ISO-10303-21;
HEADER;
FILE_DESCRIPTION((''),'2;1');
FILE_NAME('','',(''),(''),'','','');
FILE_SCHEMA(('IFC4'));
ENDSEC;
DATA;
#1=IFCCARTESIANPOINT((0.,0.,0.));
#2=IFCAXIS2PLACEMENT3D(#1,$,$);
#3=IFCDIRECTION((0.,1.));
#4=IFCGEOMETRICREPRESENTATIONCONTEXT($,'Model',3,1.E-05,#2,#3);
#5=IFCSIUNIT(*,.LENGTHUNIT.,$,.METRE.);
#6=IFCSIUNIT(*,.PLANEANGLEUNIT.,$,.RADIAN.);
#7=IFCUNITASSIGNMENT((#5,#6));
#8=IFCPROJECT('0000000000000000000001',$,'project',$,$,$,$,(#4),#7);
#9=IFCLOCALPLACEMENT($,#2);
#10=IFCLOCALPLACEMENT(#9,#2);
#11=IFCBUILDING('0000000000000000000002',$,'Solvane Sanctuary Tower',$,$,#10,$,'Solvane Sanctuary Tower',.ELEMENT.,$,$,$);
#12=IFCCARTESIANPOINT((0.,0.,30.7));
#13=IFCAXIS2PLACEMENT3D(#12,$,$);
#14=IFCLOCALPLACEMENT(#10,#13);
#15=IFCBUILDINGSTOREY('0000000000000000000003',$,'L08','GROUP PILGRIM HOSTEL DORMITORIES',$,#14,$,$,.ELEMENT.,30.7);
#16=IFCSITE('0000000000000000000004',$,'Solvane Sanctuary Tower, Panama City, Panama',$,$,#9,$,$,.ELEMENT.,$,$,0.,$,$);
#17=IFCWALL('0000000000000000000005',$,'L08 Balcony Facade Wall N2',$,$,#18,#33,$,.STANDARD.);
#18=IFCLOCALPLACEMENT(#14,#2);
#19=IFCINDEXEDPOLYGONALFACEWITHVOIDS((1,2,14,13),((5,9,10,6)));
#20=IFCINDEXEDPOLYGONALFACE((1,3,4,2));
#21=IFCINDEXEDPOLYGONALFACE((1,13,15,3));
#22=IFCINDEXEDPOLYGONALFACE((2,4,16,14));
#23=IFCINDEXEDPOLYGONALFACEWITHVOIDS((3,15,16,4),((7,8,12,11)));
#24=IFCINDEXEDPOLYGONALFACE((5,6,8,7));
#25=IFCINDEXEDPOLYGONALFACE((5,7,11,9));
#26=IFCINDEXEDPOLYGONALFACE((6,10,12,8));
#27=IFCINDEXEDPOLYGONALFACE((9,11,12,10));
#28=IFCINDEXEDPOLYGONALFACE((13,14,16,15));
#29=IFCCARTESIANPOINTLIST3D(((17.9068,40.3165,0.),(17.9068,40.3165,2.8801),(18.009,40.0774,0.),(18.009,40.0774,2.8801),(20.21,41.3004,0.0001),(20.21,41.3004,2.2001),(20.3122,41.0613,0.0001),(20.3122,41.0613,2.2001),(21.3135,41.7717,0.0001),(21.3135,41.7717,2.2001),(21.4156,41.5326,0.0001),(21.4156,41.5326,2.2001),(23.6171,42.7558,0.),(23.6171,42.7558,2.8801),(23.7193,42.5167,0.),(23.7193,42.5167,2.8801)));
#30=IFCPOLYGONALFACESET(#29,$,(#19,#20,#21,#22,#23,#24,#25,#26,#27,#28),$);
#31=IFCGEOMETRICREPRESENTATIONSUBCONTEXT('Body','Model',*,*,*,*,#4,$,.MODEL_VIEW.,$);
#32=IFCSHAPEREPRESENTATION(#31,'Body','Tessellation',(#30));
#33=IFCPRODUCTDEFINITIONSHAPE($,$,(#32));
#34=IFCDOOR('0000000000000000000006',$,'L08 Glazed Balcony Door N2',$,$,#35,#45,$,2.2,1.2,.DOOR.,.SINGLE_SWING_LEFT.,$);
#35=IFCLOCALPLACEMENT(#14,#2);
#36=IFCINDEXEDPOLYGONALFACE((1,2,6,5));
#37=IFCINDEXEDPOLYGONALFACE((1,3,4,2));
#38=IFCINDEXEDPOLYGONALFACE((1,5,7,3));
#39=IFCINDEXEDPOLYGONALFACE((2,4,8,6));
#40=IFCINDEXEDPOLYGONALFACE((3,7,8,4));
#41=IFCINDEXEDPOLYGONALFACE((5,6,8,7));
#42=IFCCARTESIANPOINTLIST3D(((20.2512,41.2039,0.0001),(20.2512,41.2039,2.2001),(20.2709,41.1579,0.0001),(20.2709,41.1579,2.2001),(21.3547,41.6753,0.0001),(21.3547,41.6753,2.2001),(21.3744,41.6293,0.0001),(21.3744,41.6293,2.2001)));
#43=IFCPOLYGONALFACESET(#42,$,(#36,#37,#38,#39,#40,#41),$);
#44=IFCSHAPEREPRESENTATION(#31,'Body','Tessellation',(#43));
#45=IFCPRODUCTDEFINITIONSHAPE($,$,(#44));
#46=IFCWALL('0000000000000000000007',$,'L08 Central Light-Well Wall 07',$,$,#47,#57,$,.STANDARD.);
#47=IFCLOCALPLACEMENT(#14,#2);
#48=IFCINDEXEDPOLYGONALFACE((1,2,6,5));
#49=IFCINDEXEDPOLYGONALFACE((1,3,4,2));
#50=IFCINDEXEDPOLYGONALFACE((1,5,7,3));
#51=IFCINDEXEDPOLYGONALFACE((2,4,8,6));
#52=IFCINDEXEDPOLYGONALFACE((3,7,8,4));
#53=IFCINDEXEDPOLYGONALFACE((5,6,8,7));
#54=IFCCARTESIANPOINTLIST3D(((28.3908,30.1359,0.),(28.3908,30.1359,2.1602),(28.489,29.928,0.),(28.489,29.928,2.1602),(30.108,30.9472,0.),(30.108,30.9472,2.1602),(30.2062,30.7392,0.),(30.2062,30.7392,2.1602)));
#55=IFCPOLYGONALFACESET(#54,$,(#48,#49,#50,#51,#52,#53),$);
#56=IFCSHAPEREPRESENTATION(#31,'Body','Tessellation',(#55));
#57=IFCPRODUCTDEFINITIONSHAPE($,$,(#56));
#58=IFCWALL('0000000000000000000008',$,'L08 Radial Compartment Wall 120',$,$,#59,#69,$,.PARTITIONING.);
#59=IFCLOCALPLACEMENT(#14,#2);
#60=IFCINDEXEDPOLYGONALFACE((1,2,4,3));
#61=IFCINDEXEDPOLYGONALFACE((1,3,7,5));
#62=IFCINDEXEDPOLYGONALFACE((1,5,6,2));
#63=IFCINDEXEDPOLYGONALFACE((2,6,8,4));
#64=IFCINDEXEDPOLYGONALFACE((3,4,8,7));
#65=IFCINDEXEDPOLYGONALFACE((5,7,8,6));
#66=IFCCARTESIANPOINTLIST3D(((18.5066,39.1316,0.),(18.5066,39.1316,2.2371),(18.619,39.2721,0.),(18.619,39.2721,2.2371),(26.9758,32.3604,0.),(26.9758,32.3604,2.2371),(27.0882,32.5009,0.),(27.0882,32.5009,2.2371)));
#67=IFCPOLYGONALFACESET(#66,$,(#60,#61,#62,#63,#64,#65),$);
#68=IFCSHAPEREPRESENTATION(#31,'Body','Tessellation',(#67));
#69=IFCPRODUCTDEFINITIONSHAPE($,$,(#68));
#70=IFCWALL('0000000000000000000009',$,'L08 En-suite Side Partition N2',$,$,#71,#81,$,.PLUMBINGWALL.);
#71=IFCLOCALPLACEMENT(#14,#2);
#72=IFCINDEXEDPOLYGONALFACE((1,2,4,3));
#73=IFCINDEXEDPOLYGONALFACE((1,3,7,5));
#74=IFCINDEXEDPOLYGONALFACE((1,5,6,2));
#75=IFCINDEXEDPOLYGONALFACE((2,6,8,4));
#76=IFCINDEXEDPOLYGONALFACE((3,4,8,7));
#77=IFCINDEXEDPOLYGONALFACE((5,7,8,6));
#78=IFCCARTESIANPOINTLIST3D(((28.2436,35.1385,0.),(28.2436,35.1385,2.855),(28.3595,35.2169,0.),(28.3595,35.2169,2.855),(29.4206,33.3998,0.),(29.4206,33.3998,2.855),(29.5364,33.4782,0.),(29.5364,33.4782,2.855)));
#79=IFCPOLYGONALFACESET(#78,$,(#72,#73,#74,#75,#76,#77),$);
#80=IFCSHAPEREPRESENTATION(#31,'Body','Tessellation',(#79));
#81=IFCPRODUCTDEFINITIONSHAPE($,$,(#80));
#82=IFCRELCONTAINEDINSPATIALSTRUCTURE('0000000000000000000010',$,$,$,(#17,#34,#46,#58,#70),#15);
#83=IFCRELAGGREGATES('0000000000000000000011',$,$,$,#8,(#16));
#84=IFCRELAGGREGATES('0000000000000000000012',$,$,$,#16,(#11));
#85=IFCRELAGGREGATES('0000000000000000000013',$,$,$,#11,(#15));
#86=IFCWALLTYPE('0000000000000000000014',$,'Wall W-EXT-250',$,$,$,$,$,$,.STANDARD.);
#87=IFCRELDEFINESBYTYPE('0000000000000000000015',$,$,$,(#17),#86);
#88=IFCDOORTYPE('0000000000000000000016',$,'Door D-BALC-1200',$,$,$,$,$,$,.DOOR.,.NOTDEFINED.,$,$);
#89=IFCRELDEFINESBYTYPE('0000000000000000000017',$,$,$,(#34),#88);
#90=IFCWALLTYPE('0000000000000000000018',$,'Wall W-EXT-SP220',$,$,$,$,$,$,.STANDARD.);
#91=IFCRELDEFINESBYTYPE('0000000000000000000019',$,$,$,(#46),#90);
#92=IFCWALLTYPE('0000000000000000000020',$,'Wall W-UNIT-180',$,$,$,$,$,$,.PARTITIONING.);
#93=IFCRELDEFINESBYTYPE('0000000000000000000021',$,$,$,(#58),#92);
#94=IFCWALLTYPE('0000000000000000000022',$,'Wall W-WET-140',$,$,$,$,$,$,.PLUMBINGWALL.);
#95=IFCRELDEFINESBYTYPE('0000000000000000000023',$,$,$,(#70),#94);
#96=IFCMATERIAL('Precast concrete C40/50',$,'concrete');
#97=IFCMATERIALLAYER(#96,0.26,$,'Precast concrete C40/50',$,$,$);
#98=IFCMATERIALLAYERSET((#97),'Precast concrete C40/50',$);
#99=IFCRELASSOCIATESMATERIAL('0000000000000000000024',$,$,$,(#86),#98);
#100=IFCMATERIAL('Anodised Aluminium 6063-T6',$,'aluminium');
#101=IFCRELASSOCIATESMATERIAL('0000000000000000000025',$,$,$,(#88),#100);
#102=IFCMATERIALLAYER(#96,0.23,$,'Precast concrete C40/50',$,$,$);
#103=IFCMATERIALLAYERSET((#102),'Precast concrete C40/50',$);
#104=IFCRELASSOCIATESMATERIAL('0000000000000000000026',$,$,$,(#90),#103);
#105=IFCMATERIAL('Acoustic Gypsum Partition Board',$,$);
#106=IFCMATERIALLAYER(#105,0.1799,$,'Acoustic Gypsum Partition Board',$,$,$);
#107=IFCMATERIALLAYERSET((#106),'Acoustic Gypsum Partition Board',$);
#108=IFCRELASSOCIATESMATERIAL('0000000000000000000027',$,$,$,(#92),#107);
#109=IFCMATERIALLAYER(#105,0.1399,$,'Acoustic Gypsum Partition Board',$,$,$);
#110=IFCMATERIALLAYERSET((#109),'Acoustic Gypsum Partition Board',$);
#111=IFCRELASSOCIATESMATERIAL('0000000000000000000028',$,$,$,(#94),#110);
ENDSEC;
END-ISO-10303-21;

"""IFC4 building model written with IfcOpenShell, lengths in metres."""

from ifc_helpers import new_model, si_unit, direction, frame, frame_2d, origin, place, context, subcontext, project, spatial, rectangle, extrude, material, layer, layer_set, type_object, element, fill, save


model = new_model("IFC4")

# Units and contexts
model_context = context("Model", 3, precision=1e-05, world=origin(), true_north=direction((0.0, 1.0)))
body_context = subcontext(model_context, "Body", "Model", "MODEL_VIEW")
ifc_project = project(units=[si_unit("LENGTHUNIT", "METRE"), si_unit("PLANEANGLEUNIT", "RADIAN")], contexts=[model_context])

# Site, building, storey
site_placement = place(None, origin())
site = spatial("IfcSite", under=ifc_project, at=site_placement, Name="Solvane Sanctuary Tower, Panama City, Panama", CompositionType="ELEMENT", RefElevation=0.0)
building_placement = place(site_placement, origin())
building = spatial("IfcBuilding", under=site, at=building_placement, Name="Solvane Sanctuary Tower", LongName="Solvane Sanctuary Tower", CompositionType="ELEMENT")
storey_placement = place(building_placement, frame((0.0, 0.0, 30.7)))
storey = spatial("IfcBuildingStorey", under=building, at=storey_placement, Name="L08", Description="GROUP PILGRIM HOSTEL DORMITORIES", CompositionType="ELEMENT", Elevation=30.7)

# Shared definitions
ifc_material_1 = material(Name="Acoustic Gypsum Partition Board")

# Wall, opening, door
ifc_material_2 = material(Name="Precast concrete C40/50", Category="concrete")
ifc_layer_1 = layer(ifc_material_2, 0.26, Name="Precast concrete C40/50")
ifc_layer_set_1 = layer_set([ifc_layer_1], Name="Precast concrete C40/50")
wall_type_1 = type_object("IfcWallType", Name="Wall W-EXT-250", PredefinedType="STANDARD", material=ifc_layer_set_1)
wall_1_placement = place(storey_placement, frame((23.6682, 42.6362, 0.0), z_axis=(0.0, 0.0, 1.0), x_axis=(-0.919612, -0.392828, 0.0)))
wall_1 = element("IfcWall", 1, at=wall_1_placement, inside=storey, type_object=wall_type_1, Name="L08 Balcony Facade Wall N2", PredefinedType="STANDARD", context=body_context, shape_type="SweptSolid", body=[
    extrude(rectangle(XDim=6.2095, YDim=0.26, at=frame_2d((3.1047, 0.0))), origin(), (0.0, 0.0, 1.0), 2.8801),
])
opening_1_placement = place(wall_1_placement, frame((2.5049, 0.0, 0.0)))
opening_1 = element("IfcOpeningElement", 2, at=opening_1_placement, cuts=wall_1, PredefinedType="OPENING", context=body_context, shape_type="SweptSolid", body=[
    extrude(rectangle(XDim=1.2, YDim=2.2, at=frame_2d((0.6001, 1.1001))), frame((0.0, 0.1399, 0.0), z_axis=(0.0, -1.0, 0.0), x_axis=(1.0, 0.0, 0.0)), (0.0, 0.0, 1.0), 0.28),
])
ifc_material_3 = material(Name="Anodised Aluminium 6063-T6", Category="aluminium")
door_type_1 = type_object("IfcDoorType", Name="Door D-BALC-1200", OperationType="NOTDEFINED", PredefinedType="DOOR", material=ifc_material_3)
door_1_placement = place(opening_1_placement, origin())
door_1 = element("IfcDoor", 3, at=door_1_placement, inside=storey, type_object=door_type_1, Name="L08 Glazed Balcony Door N2", OperationType="SINGLE_SWING_LEFT", OverallHeight=2.2, OverallWidth=1.2, PredefinedType="DOOR", context=body_context, shape_type="SweptSolid", body=[
    extrude(rectangle(XDim=1.2, YDim=2.2, at=frame_2d((0.6001, 1.1001))), frame((0.0, 0.0249, 0.0), z_axis=(0.0, -1.0, 0.0), x_axis=(1.0, 0.0, 0.0)), (0.0, 0.0, 1.0), 0.05),
])
fill(opening_1, door_1)

# Walls
ifc_layer_2 = layer(ifc_material_2, 0.23, Name="Precast concrete C40/50")
ifc_layer_set_2 = layer_set([ifc_layer_2], Name="Precast concrete C40/50")
wall_type_2 = type_object("IfcWallType", Name="Wall W-EXT-SP220", PredefinedType="STANDARD", material=ifc_layer_set_2)
wall_2_placement = place(storey_placement, frame((30.1572, 30.8433, 0.0), z_axis=(0.0, 0.0, 1.0), x_axis=(-0.90418, -0.427152, 0.0)))
element("IfcWall", 4, at=wall_2_placement, inside=storey, type_object=wall_type_2, Name="L08 Central Light-Well Wall 07", PredefinedType="STANDARD", context=body_context, shape_type="SweptSolid", body=[
    extrude(rectangle(XDim=1.8992, YDim=0.23, at=frame_2d((0.9497, 0.0))), origin(), (0.0, 0.0, 1.0), 2.1602),
])
ifc_layer_3 = layer(ifc_material_1, 0.1799, Name="Acoustic Gypsum Partition Board")
ifc_layer_set_3 = layer_set([ifc_layer_3], Name="Acoustic Gypsum Partition Board")
wall_type_3 = type_object("IfcWallType", Name="Wall W-UNIT-180", PredefinedType="PARTITIONING", material=ifc_layer_set_3)
wall_3_placement = place(storey_placement, frame((27.032, 32.4307, 0.0), z_axis=(0.0, 0.0, 1.0), x_axis=(-0.781055, 0.624462, 0.0)))
element("IfcWall", 5, at=wall_3_placement, inside=storey, type_object=wall_type_3, Name="L08 Radial Compartment Wall 120", PredefinedType="PARTITIONING", context=body_context, shape_type="SweptSolid", body=[
    extrude(rectangle(XDim=10.8433, YDim=0.1799, at=frame_2d((5.4216, 0.0))), origin(), (0.0, 0.0, 1.0), 2.2371),
])
ifc_layer_4 = layer(ifc_material_1, 0.1399, Name="Acoustic Gypsum Partition Board")
ifc_layer_set_4 = layer_set([ifc_layer_4], Name="Acoustic Gypsum Partition Board")
wall_type_4 = type_object("IfcWallType", Name="Wall W-WET-140", PredefinedType="PLUMBINGWALL", material=ifc_layer_set_4)
wall_4_placement = place(storey_placement, frame((29.4785, 33.439, 0.0), z_axis=(0.0, 0.0, 1.0), x_axis=(-0.560563, 0.828112, 0.0)))
element("IfcWall", 6, at=wall_4_placement, inside=storey, type_object=wall_type_4, Name="L08 En-suite Side Partition N2", PredefinedType="PLUMBINGWALL", context=body_context, shape_type="SweptSolid", body=[
    extrude(rectangle(XDim=2.0996, YDim=0.1399, at=frame_2d((1.0498, 0.0))), origin(), (0.0, 0.0, 1.0), 2.855),
])

save(model, "model.ifc")
